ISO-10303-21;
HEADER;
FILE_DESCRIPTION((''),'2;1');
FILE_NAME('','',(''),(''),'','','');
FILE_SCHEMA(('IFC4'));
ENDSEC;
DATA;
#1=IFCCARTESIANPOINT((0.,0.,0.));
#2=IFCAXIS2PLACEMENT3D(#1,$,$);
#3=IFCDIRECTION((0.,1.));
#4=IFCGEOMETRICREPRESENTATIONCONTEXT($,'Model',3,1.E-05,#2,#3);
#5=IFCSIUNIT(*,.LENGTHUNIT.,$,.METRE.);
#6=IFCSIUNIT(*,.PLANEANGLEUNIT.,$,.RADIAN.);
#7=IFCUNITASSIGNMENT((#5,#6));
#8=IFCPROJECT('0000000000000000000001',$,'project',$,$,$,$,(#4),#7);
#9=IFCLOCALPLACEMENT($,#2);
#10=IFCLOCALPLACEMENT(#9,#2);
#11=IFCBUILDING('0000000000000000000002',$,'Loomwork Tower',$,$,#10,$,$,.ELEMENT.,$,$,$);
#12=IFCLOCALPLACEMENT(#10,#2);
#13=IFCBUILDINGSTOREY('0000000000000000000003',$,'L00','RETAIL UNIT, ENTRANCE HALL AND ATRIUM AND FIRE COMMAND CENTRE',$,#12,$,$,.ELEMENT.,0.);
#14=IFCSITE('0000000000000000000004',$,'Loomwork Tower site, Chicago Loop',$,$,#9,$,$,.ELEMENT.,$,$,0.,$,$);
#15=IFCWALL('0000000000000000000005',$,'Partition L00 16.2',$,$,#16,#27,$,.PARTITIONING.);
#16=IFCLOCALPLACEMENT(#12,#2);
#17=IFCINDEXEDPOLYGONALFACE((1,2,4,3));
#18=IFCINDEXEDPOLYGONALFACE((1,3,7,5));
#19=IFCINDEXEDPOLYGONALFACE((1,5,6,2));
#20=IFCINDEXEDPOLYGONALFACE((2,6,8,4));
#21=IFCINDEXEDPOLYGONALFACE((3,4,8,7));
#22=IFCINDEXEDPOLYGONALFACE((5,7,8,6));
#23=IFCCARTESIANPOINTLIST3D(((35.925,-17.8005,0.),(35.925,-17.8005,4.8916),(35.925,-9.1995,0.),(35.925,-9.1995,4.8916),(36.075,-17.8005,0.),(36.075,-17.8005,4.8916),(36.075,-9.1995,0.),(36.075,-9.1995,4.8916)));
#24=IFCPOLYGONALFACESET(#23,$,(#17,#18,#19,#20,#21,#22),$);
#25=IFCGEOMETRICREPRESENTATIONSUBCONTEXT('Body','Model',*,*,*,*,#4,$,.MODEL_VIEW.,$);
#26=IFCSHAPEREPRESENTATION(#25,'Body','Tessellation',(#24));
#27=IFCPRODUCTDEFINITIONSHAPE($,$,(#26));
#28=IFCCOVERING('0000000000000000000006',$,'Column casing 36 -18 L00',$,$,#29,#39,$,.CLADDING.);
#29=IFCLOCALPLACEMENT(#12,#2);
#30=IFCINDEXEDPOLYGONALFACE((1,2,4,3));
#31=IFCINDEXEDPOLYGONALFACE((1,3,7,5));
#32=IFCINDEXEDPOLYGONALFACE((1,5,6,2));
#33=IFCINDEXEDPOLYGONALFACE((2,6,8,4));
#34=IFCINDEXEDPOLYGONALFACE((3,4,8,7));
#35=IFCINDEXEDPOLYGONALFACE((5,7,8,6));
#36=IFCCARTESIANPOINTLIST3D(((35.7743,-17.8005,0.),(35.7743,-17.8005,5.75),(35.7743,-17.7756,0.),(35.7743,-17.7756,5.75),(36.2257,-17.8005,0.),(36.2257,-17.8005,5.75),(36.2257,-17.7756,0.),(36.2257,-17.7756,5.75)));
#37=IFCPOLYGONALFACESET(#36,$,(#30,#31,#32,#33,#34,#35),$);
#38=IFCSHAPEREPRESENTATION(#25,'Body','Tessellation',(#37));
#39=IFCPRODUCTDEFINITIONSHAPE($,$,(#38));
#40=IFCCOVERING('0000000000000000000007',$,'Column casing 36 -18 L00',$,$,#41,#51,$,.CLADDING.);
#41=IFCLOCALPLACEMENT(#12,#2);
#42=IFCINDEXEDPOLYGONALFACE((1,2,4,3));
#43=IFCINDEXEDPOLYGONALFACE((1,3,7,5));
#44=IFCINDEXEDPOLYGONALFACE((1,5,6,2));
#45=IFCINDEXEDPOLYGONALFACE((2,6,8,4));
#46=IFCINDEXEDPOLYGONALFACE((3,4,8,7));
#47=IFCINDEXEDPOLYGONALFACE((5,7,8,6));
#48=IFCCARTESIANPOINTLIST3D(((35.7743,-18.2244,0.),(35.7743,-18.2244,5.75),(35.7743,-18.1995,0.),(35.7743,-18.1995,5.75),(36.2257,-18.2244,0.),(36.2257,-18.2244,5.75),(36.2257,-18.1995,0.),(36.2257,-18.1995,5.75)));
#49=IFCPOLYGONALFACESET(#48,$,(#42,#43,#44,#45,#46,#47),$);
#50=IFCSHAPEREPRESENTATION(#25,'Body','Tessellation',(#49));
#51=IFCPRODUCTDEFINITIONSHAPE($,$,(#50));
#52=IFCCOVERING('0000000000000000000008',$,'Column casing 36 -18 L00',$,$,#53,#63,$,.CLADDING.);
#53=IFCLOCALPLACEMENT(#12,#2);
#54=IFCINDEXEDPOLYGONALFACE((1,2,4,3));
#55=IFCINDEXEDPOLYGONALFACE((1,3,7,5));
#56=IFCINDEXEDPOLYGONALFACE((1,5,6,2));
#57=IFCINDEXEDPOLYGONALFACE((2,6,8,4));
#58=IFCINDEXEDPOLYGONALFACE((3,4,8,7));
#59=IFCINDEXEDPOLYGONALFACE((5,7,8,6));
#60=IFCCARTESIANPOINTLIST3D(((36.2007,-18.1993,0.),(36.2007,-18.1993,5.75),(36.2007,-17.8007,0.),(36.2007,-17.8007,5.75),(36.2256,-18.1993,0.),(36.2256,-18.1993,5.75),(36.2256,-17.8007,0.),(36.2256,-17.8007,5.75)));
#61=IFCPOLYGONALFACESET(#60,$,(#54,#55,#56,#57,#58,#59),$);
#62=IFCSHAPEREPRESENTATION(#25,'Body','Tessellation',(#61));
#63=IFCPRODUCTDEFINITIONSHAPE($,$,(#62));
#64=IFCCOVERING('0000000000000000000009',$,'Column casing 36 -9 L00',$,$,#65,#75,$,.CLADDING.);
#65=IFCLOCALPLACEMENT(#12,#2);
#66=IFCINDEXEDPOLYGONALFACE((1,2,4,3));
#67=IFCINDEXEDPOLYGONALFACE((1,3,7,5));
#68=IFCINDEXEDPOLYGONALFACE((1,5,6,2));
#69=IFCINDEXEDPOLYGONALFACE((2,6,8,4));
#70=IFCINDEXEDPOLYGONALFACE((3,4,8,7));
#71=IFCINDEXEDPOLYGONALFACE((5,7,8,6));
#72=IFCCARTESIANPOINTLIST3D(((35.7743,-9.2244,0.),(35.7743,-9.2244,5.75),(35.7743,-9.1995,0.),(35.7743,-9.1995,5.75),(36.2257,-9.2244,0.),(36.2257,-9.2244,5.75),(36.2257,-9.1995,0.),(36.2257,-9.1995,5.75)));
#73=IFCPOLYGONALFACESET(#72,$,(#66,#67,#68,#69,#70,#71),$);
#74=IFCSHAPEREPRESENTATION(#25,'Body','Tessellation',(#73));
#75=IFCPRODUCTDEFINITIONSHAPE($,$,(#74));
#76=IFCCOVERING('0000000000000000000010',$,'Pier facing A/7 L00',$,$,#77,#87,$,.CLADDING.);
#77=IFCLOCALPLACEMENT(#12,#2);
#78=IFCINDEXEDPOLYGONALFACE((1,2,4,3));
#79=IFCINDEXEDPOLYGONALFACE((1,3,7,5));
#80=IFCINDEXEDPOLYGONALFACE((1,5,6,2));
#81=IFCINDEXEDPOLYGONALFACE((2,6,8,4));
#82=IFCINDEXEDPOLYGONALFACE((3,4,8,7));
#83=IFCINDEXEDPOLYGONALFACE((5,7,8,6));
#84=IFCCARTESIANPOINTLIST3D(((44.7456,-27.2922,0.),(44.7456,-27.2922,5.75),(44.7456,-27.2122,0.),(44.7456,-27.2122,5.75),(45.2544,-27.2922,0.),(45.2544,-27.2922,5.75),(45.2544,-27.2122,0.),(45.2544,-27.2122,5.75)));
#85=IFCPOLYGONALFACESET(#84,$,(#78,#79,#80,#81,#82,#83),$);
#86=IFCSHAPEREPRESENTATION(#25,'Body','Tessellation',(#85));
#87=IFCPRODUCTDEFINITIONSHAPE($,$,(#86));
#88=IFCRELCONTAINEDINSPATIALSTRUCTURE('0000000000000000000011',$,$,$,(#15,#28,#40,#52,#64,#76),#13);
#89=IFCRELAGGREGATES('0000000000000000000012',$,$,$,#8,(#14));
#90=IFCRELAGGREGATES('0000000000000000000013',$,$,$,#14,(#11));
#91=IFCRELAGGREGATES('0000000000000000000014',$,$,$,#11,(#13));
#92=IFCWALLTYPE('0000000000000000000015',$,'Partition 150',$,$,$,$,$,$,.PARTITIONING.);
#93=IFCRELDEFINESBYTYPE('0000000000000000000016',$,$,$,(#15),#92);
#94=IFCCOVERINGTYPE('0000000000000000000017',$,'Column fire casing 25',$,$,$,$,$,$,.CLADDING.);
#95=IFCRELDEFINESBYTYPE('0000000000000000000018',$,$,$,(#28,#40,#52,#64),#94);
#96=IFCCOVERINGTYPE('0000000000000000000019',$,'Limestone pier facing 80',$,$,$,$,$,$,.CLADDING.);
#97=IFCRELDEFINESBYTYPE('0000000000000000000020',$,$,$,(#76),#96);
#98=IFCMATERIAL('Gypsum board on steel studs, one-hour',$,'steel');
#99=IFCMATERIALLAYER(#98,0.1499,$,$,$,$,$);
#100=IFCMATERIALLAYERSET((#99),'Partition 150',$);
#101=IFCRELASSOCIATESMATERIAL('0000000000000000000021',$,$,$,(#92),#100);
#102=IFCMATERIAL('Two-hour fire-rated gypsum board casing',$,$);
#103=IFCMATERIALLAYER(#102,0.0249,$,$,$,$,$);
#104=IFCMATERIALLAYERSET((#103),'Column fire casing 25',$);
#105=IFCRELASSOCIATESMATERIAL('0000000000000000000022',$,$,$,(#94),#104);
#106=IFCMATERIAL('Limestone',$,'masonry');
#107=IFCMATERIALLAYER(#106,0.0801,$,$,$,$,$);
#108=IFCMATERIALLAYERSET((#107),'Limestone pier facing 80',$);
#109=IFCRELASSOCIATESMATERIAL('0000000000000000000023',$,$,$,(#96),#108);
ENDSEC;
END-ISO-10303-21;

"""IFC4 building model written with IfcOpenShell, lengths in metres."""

from ifc_helpers import new_model, si_unit, direction, frame, frame_2d, origin, origin_2d, place, context, subcontext, project, spatial, rectangle, extrude, material, layer, layer_set, type_object, element, save


model = new_model("IFC4")

# Units and contexts
model_context = context("Model", 3, precision=1e-05, world=origin(), true_north=direction((0.0, 1.0)))
body_context = subcontext(model_context, "Body", "Model", "MODEL_VIEW")
ifc_project = project(units=[si_unit("LENGTHUNIT", "METRE"), si_unit("PLANEANGLEUNIT", "RADIAN")], contexts=[model_context])

# Site, building, storey
site_placement = place(None, origin())
site = spatial("IfcSite", under=ifc_project, at=site_placement, Name="Loomwork Tower site, Chicago Loop", CompositionType="ELEMENT", RefElevation=0.0)
building_placement = place(site_placement, origin())
building = spatial("IfcBuilding", under=site, at=building_placement, Name="Loomwork Tower", CompositionType="ELEMENT")
storey_placement = place(building_placement, origin())
storey = spatial("IfcBuildingStorey", under=building, at=storey_placement, Name="L00", Description="RETAIL UNIT, ENTRANCE HALL AND ATRIUM AND FIRE COMMAND CENTRE", CompositionType="ELEMENT", Elevation=0.0)

# Shared definitions
ifc_material_1 = material(Name="Gypsum board on steel studs, one-hour", Category="steel")
ifc_layer_1 = layer(ifc_material_1, 0.1499)
ifc_layer_set_1 = layer_set([ifc_layer_1], Name="Partition 150")
wall_type = type_object("IfcWallType", Name="Partition 150", PredefinedType="PARTITIONING", material=ifc_layer_set_1)

# Wall
wall_1_placement = place(storey_placement, frame((36.0, -17.8005, 0.0), z_axis=(0.0, 0.0, 1.0), x_axis=(0.0, 1.0, 0.0)))
element("IfcWall", 1, at=wall_1_placement, inside=storey, type_object=wall_type, Name="Partition L00 16.2", PredefinedType="PARTITIONING", context=body_context, shape_type="SweptSolid", body=[
    extrude(rectangle(XDim=8.6011, YDim=0.1499, at=frame_2d((4.3005, 0.0))), origin(), (0.0, 0.0, 1.0), 4.8916),
])

# Coverings
ifc_material_2 = material(Name="Two-hour fire-rated gypsum board casing")
ifc_layer_2 = layer(ifc_material_2, 0.0249)
ifc_layer_set_2 = layer_set([ifc_layer_2], Name="Column fire casing 25")
covering_type_1 = type_object("IfcCoveringType", Name="Column fire casing 25", PredefinedType="CLADDING", material=ifc_layer_set_2)
for number, where, z_axis, x_axis, name in (
    (2, (36.0, -17.7881, 0.0), (0.0, 0.0, 1.0), (1.0, 0.0, 0.0), "Column casing 36 -18 L00"),
    (3, (36.0, -18.2119, 0.0), (0.0, 0.0, 1.0), (1.0, 0.0, 0.0), "Column casing 36 -18 L00"),
):
    element("IfcCovering", number, at=place(storey_placement, frame(where, z_axis=z_axis, x_axis=x_axis)), inside=storey, type_object=covering_type_1, Name=name, PredefinedType="CLADDING", context=body_context, shape_type="SweptSolid", body=[
        extrude(rectangle(XDim=0.4514, YDim=0.0249, at=origin_2d()), origin(), (0.0, 0.0, 1.0), 5.75),
    ])
covering_1_placement = place(storey_placement, frame((36.2131, -18.0, 0.0), z_axis=(0.0, 0.0, 1.0), x_axis=(1.0, 0.0, 0.0)))
element("IfcCovering", 4, at=covering_1_placement, inside=storey, type_object=covering_type_1, Name="Column casing 36 -18 L00", PredefinedType="CLADDING", context=body_context, shape_type="SweptSolid", body=[
    extrude(rectangle(XDim=0.0249, YDim=0.3987, at=origin_2d()), origin(), (0.0, 0.0, 1.0), 5.75),
])
covering_2_placement = place(storey_placement, frame((36.0, -9.2119, 0.0), z_axis=(0.0, 0.0, 1.0), x_axis=(1.0, 0.0, 0.0)))
element("IfcCovering", 5, at=covering_2_placement, inside=storey, type_object=covering_type_1, Name="Column casing 36 -9 L00", PredefinedType="CLADDING", context=body_context, shape_type="SweptSolid", body=[
    extrude(rectangle(XDim=0.4514, YDim=0.0249, at=origin_2d()), origin(), (0.0, 0.0, 1.0), 5.75),
])
ifc_material_3 = material(Name="Limestone", Category="masonry")
ifc_layer_3 = layer(ifc_material_3, 0.0801)
ifc_layer_set_3 = layer_set([ifc_layer_3], Name="Limestone pier facing 80")
covering_type_2 = type_object("IfcCoveringType", Name="Limestone pier facing 80", PredefinedType="CLADDING", material=ifc_layer_set_3)
covering_3_placement = place(storey_placement, frame((45.0, -27.2522, 0.0), z_axis=(0.0, 0.0, 1.0), x_axis=(1.0, 0.0, 0.0)))
element("IfcCovering", 6, at=covering_3_placement, inside=storey, type_object=covering_type_2, Name="Pier facing A/7 L00", PredefinedType="CLADDING", context=body_context, shape_type="SweptSolid", body=[
    extrude(rectangle(XDim=0.5088, YDim=0.0801, at=origin_2d()), origin(), (0.0, 0.0, 1.0), 5.75),
])

save(model, "model.ifc")
